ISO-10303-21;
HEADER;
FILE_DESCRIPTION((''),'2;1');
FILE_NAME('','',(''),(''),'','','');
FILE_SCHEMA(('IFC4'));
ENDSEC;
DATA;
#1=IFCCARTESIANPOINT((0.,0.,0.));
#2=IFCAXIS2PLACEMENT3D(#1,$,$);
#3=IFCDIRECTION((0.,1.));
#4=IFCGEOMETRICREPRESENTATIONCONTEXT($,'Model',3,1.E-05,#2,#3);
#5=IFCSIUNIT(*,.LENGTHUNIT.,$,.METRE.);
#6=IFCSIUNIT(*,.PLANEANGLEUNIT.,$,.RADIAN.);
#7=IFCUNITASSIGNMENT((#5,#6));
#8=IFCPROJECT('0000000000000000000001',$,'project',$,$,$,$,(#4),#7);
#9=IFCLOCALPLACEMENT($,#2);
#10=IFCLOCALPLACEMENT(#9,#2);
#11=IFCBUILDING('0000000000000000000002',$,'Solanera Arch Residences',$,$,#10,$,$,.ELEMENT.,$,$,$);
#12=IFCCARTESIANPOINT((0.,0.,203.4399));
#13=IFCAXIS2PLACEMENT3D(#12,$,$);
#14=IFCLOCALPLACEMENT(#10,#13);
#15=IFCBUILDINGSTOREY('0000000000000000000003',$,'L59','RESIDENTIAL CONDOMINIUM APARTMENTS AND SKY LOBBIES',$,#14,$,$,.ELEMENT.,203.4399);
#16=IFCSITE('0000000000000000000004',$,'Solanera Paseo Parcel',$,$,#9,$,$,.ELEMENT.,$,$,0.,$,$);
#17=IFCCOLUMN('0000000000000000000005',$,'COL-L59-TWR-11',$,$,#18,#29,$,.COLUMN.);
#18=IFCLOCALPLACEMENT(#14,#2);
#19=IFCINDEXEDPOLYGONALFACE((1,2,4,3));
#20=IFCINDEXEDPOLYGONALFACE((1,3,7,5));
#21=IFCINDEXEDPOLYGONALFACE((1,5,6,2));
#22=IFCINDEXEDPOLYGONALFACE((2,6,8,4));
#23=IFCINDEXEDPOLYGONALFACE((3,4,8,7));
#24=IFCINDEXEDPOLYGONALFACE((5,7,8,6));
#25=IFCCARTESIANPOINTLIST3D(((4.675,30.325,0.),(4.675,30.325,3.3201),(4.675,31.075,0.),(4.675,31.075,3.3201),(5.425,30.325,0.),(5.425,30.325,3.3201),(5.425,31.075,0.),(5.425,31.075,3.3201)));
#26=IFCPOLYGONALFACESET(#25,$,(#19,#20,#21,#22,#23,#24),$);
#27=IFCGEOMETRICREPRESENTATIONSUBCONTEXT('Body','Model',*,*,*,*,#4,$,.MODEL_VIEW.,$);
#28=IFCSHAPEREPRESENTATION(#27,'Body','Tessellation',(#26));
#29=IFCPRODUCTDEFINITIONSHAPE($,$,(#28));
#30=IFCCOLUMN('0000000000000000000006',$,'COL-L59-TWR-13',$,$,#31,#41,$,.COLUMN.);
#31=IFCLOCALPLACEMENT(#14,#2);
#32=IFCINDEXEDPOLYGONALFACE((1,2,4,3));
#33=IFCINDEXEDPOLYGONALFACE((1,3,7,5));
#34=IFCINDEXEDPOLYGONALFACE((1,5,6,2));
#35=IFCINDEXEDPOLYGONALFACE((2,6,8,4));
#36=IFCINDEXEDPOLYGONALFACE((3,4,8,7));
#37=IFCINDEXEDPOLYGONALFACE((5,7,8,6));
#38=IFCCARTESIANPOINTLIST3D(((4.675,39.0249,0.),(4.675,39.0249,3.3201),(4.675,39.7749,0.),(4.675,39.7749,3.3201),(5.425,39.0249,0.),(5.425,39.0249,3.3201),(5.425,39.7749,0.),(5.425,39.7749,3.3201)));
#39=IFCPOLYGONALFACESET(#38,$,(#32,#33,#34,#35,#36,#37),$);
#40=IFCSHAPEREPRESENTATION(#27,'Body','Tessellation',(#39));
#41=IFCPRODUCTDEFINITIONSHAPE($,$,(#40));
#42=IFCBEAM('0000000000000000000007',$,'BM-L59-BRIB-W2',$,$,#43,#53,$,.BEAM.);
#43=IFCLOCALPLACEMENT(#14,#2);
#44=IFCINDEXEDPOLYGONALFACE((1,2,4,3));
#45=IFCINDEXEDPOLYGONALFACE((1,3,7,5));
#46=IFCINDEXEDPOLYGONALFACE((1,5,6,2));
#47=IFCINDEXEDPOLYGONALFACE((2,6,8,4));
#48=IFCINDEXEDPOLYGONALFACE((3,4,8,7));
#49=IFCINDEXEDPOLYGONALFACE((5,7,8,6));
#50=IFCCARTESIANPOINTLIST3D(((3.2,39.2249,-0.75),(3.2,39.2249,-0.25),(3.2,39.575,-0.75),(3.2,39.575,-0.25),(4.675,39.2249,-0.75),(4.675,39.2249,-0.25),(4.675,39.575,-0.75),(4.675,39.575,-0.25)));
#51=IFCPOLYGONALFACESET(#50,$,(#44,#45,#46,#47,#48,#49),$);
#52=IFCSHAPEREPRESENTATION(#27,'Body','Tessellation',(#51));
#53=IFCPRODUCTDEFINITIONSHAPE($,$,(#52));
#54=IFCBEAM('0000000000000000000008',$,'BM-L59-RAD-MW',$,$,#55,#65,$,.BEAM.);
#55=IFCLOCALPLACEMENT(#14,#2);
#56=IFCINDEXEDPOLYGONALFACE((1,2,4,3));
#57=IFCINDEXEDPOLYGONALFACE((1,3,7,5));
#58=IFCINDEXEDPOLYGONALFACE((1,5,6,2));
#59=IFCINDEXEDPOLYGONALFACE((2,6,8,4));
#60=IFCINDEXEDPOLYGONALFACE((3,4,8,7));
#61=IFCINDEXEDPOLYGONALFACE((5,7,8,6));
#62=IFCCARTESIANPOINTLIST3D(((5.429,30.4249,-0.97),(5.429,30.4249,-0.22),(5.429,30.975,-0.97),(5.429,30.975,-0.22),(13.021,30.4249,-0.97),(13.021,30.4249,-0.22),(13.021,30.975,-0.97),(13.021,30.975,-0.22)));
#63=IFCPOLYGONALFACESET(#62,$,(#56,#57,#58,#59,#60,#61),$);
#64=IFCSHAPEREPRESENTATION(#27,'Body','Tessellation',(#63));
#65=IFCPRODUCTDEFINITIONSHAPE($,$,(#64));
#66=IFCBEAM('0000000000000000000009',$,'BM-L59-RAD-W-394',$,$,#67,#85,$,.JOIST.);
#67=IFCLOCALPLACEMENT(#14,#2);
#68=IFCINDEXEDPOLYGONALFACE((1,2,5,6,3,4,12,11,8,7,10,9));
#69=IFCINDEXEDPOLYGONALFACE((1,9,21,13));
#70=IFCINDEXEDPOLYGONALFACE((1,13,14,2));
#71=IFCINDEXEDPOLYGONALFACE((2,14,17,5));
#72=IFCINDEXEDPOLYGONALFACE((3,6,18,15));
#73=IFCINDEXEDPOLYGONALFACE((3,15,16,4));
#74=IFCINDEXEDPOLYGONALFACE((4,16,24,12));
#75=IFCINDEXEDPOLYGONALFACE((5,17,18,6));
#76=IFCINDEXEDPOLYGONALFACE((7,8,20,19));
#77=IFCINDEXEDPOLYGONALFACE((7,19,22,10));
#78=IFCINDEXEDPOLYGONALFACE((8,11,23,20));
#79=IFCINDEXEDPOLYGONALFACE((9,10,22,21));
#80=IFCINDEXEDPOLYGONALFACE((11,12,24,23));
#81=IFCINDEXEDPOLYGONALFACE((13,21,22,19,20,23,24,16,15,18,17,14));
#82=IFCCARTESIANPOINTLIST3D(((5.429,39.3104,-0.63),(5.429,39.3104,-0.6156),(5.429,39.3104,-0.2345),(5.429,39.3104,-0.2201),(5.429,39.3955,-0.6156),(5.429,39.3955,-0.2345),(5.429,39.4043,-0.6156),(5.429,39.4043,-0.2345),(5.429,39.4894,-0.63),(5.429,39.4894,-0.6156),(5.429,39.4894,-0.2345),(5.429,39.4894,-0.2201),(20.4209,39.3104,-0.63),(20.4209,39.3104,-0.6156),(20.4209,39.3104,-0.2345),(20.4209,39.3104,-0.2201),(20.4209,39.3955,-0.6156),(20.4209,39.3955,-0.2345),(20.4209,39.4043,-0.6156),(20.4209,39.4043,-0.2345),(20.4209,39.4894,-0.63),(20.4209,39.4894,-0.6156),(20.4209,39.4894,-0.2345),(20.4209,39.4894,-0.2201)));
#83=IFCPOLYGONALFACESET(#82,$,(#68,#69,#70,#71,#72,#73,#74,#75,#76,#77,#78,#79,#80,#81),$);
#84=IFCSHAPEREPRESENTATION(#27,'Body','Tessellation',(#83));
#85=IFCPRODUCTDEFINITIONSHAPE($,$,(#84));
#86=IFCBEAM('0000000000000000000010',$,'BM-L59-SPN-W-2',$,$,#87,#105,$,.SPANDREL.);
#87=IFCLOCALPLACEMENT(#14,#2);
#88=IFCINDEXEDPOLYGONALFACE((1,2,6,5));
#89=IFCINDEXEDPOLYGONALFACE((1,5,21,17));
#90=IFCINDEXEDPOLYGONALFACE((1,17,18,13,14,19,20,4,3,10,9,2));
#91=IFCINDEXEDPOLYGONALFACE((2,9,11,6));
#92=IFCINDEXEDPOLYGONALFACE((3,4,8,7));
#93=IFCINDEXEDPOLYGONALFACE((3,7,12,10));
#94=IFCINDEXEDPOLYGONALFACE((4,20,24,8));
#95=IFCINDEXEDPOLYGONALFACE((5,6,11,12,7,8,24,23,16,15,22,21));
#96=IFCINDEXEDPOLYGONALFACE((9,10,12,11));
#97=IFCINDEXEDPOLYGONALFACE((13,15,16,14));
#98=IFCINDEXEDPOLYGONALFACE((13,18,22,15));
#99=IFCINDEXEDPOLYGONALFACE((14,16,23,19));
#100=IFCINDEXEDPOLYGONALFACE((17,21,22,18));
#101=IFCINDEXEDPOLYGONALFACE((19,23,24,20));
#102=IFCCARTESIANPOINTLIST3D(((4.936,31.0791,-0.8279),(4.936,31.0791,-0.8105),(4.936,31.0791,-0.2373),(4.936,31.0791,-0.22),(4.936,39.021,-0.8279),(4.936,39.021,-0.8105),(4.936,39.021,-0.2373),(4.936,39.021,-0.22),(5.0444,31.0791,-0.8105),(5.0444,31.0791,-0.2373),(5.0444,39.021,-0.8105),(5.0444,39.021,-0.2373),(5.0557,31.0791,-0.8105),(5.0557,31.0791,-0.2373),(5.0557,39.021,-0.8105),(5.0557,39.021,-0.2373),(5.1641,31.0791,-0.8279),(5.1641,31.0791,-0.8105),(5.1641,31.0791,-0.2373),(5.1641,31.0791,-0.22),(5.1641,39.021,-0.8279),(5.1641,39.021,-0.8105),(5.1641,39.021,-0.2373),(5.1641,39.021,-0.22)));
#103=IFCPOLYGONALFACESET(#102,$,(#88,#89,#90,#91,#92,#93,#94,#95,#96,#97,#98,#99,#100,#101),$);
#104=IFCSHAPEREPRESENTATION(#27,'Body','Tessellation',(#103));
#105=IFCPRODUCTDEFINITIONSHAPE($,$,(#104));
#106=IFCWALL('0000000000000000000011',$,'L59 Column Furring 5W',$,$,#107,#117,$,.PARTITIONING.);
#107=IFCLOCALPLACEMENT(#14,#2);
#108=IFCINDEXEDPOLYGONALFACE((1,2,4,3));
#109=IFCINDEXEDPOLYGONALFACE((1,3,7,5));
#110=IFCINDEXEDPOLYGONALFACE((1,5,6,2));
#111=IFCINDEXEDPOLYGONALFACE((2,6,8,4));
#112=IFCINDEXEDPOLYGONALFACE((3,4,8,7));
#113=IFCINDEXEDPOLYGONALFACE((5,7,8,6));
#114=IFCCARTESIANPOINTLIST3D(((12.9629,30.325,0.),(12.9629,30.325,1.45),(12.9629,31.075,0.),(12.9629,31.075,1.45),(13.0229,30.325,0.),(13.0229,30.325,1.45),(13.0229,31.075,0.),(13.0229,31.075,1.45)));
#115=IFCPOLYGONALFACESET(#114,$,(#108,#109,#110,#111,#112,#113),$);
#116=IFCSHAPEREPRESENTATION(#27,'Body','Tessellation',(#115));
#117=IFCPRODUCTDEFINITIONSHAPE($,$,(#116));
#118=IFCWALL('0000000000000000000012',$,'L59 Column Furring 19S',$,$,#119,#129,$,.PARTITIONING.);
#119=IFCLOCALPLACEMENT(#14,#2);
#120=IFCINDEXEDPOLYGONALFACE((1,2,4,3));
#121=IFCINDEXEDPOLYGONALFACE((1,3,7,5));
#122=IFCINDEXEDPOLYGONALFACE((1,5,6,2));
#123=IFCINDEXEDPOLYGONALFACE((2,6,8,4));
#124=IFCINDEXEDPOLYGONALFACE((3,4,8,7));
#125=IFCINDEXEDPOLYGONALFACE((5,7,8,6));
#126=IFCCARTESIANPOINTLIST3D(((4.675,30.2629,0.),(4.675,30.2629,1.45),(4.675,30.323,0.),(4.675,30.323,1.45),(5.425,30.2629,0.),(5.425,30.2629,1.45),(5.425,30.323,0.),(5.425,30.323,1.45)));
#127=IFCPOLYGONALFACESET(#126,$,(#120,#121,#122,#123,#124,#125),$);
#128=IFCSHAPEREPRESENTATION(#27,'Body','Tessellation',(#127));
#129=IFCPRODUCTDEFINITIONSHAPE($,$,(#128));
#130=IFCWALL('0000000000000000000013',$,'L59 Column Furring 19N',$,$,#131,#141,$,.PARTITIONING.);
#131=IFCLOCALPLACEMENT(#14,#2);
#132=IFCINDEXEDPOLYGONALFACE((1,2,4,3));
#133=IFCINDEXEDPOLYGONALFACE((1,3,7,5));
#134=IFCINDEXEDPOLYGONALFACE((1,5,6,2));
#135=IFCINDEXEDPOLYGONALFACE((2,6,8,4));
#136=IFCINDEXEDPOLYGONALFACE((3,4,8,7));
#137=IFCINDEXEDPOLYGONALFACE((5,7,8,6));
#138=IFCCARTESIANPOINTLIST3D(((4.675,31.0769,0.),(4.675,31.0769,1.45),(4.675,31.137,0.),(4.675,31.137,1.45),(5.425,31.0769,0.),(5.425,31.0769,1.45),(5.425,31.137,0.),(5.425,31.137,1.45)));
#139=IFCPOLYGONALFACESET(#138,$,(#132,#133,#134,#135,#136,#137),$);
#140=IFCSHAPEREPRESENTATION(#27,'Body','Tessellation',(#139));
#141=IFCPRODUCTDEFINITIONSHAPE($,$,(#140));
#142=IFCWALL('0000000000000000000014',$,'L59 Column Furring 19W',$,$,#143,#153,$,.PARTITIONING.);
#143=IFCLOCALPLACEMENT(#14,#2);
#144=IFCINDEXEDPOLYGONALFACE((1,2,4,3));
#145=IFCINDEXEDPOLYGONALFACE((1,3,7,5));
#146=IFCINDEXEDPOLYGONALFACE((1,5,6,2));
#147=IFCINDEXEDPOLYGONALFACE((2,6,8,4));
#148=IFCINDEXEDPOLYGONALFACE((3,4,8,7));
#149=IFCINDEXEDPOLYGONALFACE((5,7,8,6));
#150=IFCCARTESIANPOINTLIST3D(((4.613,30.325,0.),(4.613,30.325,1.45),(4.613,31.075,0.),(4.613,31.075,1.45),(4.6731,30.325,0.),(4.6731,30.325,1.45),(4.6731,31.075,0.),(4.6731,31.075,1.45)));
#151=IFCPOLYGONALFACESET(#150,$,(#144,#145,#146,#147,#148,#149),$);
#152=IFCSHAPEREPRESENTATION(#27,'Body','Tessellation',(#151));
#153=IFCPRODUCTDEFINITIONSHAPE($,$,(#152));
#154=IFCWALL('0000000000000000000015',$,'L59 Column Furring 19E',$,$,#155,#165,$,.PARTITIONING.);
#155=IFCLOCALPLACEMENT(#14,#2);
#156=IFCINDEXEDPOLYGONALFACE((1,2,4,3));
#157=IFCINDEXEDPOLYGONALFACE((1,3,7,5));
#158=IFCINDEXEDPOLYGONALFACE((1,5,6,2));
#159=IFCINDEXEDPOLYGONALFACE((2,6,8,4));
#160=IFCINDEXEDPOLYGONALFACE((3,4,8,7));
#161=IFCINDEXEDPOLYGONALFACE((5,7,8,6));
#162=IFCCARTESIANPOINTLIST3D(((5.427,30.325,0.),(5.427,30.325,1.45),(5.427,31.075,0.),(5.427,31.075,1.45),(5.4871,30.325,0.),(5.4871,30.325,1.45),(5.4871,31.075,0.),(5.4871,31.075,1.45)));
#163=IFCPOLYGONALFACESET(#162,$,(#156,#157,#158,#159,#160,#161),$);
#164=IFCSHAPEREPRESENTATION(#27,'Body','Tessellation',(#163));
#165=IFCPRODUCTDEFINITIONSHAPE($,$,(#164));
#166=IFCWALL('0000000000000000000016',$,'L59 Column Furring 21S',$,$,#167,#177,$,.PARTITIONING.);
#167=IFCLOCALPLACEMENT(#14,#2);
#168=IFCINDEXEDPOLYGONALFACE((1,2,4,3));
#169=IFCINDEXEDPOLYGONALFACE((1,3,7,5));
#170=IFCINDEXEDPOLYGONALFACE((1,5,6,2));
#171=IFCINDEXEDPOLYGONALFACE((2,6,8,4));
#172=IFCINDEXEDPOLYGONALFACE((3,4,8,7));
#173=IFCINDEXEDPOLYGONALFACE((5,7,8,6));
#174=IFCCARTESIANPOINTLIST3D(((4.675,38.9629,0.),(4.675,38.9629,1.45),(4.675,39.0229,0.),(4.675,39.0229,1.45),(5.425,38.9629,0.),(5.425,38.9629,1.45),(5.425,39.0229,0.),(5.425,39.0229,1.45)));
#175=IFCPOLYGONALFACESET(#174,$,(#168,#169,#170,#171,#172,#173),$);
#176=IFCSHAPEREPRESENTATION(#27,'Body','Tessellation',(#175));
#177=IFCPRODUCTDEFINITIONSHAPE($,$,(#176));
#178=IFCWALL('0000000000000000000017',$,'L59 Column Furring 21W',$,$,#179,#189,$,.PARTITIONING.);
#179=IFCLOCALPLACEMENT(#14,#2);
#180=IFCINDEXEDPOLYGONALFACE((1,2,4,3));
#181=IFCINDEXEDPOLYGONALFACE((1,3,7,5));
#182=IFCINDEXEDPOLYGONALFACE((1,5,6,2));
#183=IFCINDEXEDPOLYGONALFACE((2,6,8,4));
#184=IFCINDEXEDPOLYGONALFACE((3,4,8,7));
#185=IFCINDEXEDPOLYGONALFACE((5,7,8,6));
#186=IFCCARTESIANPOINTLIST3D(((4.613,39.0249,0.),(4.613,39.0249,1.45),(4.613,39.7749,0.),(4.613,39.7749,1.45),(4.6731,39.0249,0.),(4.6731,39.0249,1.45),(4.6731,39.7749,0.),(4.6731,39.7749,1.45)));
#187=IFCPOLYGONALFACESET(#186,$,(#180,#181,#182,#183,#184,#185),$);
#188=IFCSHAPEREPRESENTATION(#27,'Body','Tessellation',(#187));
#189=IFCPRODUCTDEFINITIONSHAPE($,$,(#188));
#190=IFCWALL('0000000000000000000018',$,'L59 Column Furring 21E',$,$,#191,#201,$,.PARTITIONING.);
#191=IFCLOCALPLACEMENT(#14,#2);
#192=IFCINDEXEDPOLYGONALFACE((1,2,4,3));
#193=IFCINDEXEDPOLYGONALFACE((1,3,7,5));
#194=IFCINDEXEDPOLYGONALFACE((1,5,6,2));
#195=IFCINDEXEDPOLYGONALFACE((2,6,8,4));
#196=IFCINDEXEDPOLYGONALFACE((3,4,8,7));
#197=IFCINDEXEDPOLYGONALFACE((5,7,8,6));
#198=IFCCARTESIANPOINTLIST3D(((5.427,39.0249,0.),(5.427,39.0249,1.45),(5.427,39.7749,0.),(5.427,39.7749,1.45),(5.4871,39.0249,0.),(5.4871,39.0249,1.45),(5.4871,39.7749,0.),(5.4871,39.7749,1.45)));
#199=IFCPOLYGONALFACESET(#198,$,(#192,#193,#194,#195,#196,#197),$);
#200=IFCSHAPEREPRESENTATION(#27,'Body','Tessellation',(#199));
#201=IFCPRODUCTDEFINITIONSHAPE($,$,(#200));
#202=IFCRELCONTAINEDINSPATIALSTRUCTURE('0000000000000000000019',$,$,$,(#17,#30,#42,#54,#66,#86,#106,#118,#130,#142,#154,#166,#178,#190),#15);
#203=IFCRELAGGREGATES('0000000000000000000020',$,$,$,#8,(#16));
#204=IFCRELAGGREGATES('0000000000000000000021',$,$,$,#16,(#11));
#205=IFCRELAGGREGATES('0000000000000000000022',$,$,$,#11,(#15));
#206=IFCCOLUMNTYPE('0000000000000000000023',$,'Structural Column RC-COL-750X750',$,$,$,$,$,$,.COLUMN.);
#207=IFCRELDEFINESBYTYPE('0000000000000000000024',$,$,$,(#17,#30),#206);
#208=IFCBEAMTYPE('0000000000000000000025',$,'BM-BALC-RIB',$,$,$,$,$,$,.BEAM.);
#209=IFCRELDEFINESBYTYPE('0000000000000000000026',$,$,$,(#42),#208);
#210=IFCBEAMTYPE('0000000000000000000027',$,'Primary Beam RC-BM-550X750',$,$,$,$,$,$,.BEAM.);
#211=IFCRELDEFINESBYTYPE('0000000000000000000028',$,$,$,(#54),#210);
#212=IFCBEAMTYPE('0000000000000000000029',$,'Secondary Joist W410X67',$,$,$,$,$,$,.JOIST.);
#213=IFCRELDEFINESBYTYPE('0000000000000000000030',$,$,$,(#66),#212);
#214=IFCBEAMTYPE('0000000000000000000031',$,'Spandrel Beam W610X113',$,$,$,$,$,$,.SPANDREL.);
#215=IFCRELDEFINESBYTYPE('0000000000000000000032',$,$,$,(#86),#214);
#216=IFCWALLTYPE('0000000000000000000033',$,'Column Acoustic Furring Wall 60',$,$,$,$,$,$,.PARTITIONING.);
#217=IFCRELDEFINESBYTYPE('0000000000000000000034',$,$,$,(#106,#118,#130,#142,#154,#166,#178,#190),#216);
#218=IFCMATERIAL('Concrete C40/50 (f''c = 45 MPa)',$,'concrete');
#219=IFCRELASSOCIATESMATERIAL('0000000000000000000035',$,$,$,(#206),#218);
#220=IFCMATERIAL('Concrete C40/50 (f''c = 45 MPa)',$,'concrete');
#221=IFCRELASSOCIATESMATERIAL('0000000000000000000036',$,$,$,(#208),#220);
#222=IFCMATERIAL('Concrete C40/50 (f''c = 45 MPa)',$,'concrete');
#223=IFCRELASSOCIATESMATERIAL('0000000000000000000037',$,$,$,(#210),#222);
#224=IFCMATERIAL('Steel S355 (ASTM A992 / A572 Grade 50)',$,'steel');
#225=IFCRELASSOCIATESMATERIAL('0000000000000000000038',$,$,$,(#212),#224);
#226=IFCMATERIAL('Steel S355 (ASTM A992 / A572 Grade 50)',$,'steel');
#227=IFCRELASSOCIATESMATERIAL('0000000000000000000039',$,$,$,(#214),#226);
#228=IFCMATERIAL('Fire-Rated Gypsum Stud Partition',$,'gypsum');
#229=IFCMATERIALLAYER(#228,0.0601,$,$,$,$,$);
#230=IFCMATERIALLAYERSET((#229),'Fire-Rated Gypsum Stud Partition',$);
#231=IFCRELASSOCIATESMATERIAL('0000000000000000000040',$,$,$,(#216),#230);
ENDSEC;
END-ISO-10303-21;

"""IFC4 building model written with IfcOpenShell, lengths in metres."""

from ifc_helpers import new_model, si_unit, direction, frame, frame_2d, origin, origin_2d, place, context, subcontext, project, spatial, rectangle, i_section, extrude, material, layer, layer_set, material_profile, profile_set, type_object, element, save


model = new_model("IFC4")

# Units and contexts
model_context = context("Model", 3, precision=1e-05, world=origin(), true_north=direction((0.0, 1.0)))
body_context = subcontext(model_context, "Body", "Model", "MODEL_VIEW")
ifc_project = project(units=[si_unit("LENGTHUNIT", "METRE"), si_unit("PLANEANGLEUNIT", "RADIAN")], contexts=[model_context])

# Site, building, storey
site_placement = place(None, origin())
site = spatial("IfcSite", under=ifc_project, at=site_placement, Name="Solanera Paseo Parcel", CompositionType="ELEMENT", RefElevation=0.0)
building_placement = place(site_placement, origin())
building = spatial("IfcBuilding", under=site, at=building_placement, Name="Solanera Arch Residences", CompositionType="ELEMENT")
storey_placement = place(building_placement, frame((0.0, 0.0, 203.4399)))
storey = spatial("IfcBuildingStorey", under=building, at=storey_placement, Name="L59", Description="RESIDENTIAL CONDOMINIUM APARTMENTS AND SKY LOBBIES", CompositionType="ELEMENT", Elevation=203.4399)

# Columns
ifc_material_1 = material(Name="Concrete C40/50 (f'c = 45 MPa)", Category="concrete")
ifc_material_profile_1 = material_profile(ifc_material_1, rectangle(XDim=0.75, YDim=0.75, at=origin_2d()))
ifc_profile_set_1 = profile_set([ifc_material_profile_1], Name="Concrete C40/50 (f'c = 45 MPa)")
column_type = type_object("IfcColumnType", Name="Structural Column RC-COL-750X750", PredefinedType="COLUMN", material=ifc_profile_set_1)
for number, where, z_axis, x_axis, name in (
    (1, (5.05, 30.7, 0.0), (0.0, 0.0, 1.0), (1.0, 0.0, 0.0), "COL-L59-TWR-11"),
    (2, (5.05, 39.3999, 0.0), (0.0, 0.0, 1.0), (1.0, 0.0, 0.0), "COL-L59-TWR-13"),
):
    element("IfcColumn", number, at=place(storey_placement, frame(where, z_axis=z_axis, x_axis=x_axis)), inside=storey, type_object=column_type, Name=name, PredefinedType="COLUMN", context=body_context, shape_type="SweptSolid", body=[
        extrude(rectangle(XDim=0.75, YDim=0.75, at=origin_2d()), origin(), (0.0, 0.0, 1.0), 3.3201),
    ])

# Beams
ifc_material_2 = material(Name="Concrete C40/50 (f'c = 45 MPa)", Category="concrete")
ifc_material_profile_2 = material_profile(ifc_material_2, rectangle(XDim=0.3501, YDim=0.5, at=origin_2d()))
ifc_profile_set_2 = profile_set([ifc_material_profile_2], Name="Concrete C40/50 (f'c = 45 MPa)")
beam_type_1 = type_object("IfcBeamType", Name="BM-BALC-RIB", PredefinedType="BEAM", material=ifc_profile_set_2)
beam_1_placement = place(storey_placement, frame((3.2, 39.3999, -0.5), z_axis=(1.0, 0.0, 0.0), x_axis=(0.0, 1.0, 0.0)))
element("IfcBeam", 3, at=beam_1_placement, inside=storey, type_object=beam_type_1, Name="BM-L59-BRIB-W2", PredefinedType="BEAM", context=body_context, shape_type="SweptSolid", body=[
    extrude(rectangle(XDim=0.3501, YDim=0.5, at=origin_2d()), origin(), (0.0, 0.0, 1.0), 1.4751),
])
ifc_material_3 = material(Name="Concrete C40/50 (f'c = 45 MPa)", Category="concrete")
ifc_material_profile_3 = material_profile(ifc_material_3, rectangle(XDim=0.55, YDim=0.75, at=origin_2d()))
ifc_profile_set_3 = profile_set([ifc_material_profile_3], Name="Concrete C40/50 (f'c = 45 MPa)")
beam_type_2 = type_object("IfcBeamType", Name="Primary Beam RC-BM-550X750", PredefinedType="BEAM", material=ifc_profile_set_3)
beam_2_placement = place(storey_placement, frame((5.429, 30.7, -0.595), z_axis=(1.0, 0.0, 0.0), x_axis=(0.0, 1.0, 0.0)))
element("IfcBeam", 4, at=beam_2_placement, inside=storey, type_object=beam_type_2, Name="BM-L59-RAD-MW", PredefinedType="BEAM", context=body_context, shape_type="SweptSolid", body=[
    extrude(rectangle(XDim=0.55, YDim=0.75, at=origin_2d()), origin(), (0.0, 0.0, 1.0), 7.592),
])
ifc_material_4 = material(Name="Steel S355 (ASTM A992 / A572 Grade 50)", Category="steel")
ifc_material_profile_4 = material_profile(ifc_material_4, i_section(OverallWidth=0.179, OverallDepth=0.4099, WebThickness=0.0088, FlangeThickness=0.0144, at=origin_2d()))
ifc_profile_set_4 = profile_set([ifc_material_profile_4], Name="Steel S355 (ASTM A992 / A572 Grade 50)")
beam_type_3 = type_object("IfcBeamType", Name="Secondary Joist W410X67", PredefinedType="JOIST", material=ifc_profile_set_4)
beam_3_placement = place(storey_placement, frame((5.429, 39.3999, -0.425), z_axis=(1.0, 0.0, 0.0), x_axis=(0.0, 1.0, 0.0)))
element("IfcBeam", 5, at=beam_3_placement, inside=storey, type_object=beam_type_3, Name="BM-L59-RAD-W-394", PredefinedType="JOIST", context=body_context, shape_type="SweptSolid", body=[
    extrude(i_section(OverallWidth=0.179, OverallDepth=0.4099, WebThickness=0.0088, FlangeThickness=0.0144, at=origin_2d()), origin(), (0.0, 0.0, 1.0), 14.9919),
])
ifc_material_5 = material(Name="Steel S355 (ASTM A992 / A572 Grade 50)", Category="steel")
ifc_material_profile_5 = material_profile(ifc_material_5, i_section(OverallWidth=0.228, OverallDepth=0.6079, WebThickness=0.0112, FlangeThickness=0.0173, at=origin_2d()))
ifc_profile_set_5 = profile_set([ifc_material_profile_5], Name="Steel S355 (ASTM A992 / A572 Grade 50)")
beam_type_4 = type_object("IfcBeamType", Name="Spandrel Beam W610X113", PredefinedType="SPANDREL", material=ifc_profile_set_5)
beam_4_placement = place(storey_placement, frame((5.05, 31.0791, -0.5239), z_axis=(0.0, 1.0, 0.0), x_axis=(-1.0, 0.0, 0.0)))
element("IfcBeam", 6, at=beam_4_placement, inside=storey, type_object=beam_type_4, Name="BM-L59-SPN-W-2", PredefinedType="SPANDREL", context=body_context, shape_type="SweptSolid", body=[
    extrude(i_section(OverallWidth=0.228, OverallDepth=0.6079, WebThickness=0.0112, FlangeThickness=0.0173, at=origin_2d()), origin(), (0.0, 0.0, 1.0), 7.9419),
])

# Walls
ifc_material_6 = material(Name="Fire-Rated Gypsum Stud Partition", Category="gypsum")
ifc_layer_1 = layer(ifc_material_6, 0.0601)
ifc_layer_set_1 = layer_set([ifc_layer_1], Name="Fire-Rated Gypsum Stud Partition")
wall_type_1 = type_object("IfcWallType", Name="Column Acoustic Furring Wall 60", PredefinedType="PARTITIONING", material=ifc_layer_set_1)
for number, where, z_axis, x_axis, name in (
    (7, (12.9929, 30.325, 0.0), (0.0, 0.0, 1.0), (0.0, 1.0, 0.0), "L59 Column Furring 5W"),
    (8, (4.675, 30.293, 0.0), (0.0, 0.0, 1.0), (1.0, 0.0, 0.0), "L59 Column Furring 19S"),
    (9, (4.675, 31.1069, 0.0), (0.0, 0.0, 1.0), (1.0, 0.0, 0.0), "L59 Column Furring 19N"),
    (10, (4.6431, 30.325, 0.0), (0.0, 0.0, 1.0), (0.0, 1.0, 0.0), "L59 Column Furring 19W"),
    (11, (5.457, 30.325, 0.0), (0.0, 0.0, 1.0), (0.0, 1.0, 0.0), "L59 Column Furring 19E"),
    (12, (4.675, 38.9929, 0.0), (0.0, 0.0, 1.0), (1.0, 0.0, 0.0), "L59 Column Furring 21S"),
    (13, (4.6431, 39.0249, 0.0), (0.0, 0.0, 1.0), (0.0, 1.0, 0.0), "L59 Column Furring 21W"),
    (14, (5.457, 39.0249, 0.0), (0.0, 0.0, 1.0), (0.0, 1.0, 0.0), "L59 Column Furring 21E"),
):
    element("IfcWall", number, at=place(storey_placement, frame(where, z_axis=z_axis, x_axis=x_axis)), inside=storey, type_object=wall_type_1, Name=name, PredefinedType="PARTITIONING", context=body_context, shape_type="SweptSolid", body=[
        extrude(rectangle(XDim=0.75, YDim=0.0601, at=frame_2d((0.375, 0.0))), origin(), (0.0, 0.0, 1.0), 1.45),
    ])

save(model, "model.ifc")
